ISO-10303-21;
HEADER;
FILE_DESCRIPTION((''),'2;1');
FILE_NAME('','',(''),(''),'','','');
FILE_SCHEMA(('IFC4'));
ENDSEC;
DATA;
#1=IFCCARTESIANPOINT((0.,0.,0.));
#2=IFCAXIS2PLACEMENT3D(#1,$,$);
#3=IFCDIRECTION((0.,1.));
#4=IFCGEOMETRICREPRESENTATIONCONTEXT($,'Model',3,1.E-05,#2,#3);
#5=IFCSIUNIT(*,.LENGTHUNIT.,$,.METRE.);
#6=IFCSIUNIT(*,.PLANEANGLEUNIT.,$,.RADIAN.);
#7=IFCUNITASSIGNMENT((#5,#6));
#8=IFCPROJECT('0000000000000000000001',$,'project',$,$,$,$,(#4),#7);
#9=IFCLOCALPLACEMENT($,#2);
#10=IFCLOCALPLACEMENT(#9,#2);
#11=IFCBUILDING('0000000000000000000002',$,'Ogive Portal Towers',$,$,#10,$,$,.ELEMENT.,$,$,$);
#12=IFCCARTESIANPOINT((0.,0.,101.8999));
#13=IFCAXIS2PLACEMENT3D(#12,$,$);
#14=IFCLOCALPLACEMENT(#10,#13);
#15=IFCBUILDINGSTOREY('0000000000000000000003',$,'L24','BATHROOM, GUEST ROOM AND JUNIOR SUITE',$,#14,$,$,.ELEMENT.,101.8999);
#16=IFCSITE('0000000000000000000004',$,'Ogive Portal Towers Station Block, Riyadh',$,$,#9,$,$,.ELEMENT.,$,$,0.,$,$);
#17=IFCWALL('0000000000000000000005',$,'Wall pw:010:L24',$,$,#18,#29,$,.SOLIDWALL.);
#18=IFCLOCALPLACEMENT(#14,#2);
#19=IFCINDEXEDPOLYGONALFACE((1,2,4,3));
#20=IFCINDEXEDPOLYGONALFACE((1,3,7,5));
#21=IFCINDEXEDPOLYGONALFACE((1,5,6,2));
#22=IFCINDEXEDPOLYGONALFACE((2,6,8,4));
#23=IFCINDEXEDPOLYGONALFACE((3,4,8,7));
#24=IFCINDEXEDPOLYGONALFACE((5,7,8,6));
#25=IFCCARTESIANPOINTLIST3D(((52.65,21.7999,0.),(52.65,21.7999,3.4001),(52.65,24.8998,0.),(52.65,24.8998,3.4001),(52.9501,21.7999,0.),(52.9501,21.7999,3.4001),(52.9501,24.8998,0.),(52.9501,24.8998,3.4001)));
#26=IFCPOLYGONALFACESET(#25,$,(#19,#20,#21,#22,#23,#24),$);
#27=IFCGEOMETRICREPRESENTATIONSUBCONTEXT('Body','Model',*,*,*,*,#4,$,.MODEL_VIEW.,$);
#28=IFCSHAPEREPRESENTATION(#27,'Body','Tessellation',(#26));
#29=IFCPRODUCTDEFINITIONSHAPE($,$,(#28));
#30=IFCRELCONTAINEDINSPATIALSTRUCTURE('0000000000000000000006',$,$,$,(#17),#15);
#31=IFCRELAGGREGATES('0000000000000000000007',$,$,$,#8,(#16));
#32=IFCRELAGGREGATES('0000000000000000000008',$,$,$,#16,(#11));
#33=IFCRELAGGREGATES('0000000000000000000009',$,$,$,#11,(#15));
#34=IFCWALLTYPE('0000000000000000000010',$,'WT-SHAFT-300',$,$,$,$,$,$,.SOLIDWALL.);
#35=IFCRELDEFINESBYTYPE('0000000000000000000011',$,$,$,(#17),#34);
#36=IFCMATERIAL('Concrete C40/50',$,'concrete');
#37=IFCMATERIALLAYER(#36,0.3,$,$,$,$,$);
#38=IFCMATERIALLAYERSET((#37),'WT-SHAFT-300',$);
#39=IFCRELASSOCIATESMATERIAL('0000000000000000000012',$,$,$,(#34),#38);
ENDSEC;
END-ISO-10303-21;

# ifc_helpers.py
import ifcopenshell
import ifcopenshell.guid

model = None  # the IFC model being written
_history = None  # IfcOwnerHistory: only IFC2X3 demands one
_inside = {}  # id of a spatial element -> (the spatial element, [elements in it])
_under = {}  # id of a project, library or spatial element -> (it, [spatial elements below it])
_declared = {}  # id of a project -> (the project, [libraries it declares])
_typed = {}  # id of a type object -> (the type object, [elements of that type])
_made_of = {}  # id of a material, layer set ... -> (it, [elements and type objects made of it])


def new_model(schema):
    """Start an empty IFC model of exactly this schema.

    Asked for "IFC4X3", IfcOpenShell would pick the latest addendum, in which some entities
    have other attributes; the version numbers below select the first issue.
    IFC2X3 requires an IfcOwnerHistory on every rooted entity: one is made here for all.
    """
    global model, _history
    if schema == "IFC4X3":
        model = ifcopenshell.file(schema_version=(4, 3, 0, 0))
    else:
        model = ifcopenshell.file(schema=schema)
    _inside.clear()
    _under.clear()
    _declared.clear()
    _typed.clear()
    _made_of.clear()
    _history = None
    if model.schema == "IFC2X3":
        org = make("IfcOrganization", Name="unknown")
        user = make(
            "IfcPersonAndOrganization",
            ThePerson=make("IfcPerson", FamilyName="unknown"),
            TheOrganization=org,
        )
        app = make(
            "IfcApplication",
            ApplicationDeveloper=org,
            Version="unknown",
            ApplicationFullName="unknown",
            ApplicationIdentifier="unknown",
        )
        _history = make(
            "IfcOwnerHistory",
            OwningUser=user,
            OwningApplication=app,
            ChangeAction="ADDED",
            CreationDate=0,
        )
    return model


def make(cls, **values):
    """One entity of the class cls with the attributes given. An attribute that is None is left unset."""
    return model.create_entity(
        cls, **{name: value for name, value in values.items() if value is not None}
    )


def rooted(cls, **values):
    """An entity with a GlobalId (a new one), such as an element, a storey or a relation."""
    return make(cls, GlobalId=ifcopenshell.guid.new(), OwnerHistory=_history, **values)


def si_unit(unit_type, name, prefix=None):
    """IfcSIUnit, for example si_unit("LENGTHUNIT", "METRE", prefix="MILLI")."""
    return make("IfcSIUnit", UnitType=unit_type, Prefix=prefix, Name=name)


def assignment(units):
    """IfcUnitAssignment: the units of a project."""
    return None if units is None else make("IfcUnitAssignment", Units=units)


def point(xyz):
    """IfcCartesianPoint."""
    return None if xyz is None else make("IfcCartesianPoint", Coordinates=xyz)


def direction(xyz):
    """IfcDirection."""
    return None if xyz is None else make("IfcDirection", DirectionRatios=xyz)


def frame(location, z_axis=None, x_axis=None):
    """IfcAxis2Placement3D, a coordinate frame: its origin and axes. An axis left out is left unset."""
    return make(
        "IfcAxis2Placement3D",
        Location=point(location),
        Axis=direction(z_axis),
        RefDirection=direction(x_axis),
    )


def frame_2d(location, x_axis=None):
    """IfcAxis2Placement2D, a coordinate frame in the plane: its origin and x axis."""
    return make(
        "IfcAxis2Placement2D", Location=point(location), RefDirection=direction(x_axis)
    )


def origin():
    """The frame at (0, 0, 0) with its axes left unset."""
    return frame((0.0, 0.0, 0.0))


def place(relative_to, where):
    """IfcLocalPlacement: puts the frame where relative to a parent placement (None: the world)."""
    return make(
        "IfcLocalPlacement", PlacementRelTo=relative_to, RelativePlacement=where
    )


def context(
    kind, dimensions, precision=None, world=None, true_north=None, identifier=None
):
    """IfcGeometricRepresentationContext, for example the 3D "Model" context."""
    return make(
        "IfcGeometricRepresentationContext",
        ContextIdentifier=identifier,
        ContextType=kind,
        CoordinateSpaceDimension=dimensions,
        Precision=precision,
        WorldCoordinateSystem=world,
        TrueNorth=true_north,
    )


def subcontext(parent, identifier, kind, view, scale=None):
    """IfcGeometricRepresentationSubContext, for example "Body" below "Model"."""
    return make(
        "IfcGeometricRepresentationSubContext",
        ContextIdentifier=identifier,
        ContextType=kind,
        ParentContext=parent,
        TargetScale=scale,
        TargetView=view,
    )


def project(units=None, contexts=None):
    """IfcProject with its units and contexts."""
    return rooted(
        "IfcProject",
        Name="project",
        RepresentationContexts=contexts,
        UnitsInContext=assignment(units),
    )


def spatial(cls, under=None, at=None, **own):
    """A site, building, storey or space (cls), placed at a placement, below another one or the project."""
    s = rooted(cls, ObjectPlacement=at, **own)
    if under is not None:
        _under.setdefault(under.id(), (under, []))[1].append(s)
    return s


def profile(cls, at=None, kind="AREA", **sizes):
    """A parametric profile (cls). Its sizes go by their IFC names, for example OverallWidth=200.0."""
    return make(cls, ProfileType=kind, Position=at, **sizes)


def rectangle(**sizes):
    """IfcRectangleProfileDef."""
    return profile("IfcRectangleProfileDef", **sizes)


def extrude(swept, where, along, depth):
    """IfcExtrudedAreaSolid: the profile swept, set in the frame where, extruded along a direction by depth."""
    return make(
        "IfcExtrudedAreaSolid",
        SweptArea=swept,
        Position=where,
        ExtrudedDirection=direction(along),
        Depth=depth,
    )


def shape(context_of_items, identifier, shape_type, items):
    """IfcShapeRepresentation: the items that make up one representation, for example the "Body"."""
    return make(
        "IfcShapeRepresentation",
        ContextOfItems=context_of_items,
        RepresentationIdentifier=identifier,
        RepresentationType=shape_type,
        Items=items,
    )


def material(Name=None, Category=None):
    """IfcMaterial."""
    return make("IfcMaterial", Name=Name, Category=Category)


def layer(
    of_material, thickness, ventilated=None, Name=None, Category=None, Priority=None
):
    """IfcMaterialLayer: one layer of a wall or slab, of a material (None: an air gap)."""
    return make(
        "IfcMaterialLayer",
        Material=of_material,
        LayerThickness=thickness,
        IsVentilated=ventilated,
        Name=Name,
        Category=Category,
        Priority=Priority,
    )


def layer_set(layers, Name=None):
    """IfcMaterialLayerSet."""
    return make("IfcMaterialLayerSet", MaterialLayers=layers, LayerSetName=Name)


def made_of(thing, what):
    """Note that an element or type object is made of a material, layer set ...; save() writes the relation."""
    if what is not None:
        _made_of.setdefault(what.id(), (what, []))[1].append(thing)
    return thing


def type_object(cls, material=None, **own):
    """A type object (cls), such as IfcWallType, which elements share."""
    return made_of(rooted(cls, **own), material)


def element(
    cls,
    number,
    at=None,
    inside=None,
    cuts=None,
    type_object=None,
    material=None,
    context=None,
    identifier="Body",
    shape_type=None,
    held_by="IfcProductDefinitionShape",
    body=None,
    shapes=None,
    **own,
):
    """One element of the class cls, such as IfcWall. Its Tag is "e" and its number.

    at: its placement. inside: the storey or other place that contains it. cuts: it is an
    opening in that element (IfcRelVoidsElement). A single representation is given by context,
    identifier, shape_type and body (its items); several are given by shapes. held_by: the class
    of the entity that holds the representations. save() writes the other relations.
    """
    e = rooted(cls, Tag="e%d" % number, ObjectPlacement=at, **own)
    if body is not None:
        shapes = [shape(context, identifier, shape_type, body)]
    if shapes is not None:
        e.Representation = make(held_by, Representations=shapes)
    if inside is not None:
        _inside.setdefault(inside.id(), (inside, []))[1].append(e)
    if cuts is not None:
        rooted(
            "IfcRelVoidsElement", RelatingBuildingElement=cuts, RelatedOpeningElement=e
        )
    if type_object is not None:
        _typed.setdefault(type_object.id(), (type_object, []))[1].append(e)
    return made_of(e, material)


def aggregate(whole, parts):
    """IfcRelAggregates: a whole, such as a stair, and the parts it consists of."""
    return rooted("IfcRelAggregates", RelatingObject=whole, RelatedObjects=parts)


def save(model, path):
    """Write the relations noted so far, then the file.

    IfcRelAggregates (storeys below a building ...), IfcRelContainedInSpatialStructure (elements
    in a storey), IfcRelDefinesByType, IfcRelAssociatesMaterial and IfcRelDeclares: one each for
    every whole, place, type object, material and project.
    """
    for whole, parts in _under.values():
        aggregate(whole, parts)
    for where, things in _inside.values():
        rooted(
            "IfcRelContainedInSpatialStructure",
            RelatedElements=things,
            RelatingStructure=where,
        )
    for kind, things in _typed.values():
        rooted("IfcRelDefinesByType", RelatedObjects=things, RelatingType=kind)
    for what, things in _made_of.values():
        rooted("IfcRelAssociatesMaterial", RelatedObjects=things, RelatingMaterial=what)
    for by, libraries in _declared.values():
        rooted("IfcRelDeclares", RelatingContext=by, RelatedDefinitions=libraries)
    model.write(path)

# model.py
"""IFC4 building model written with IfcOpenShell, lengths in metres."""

from ifc_helpers import new_model, si_unit, direction, frame, frame_2d, origin, place, context, subcontext, project, spatial, rectangle, extrude, material, layer, layer_set, type_object, element, save


model = new_model("IFC4")

# Units and contexts
model_context = context("Model", 3, precision=1e-05, world=origin(), true_north=direction((0.0, 1.0)))
body_context = subcontext(model_context, "Body", "Model", "MODEL_VIEW")
ifc_project = project(units=[si_unit("LENGTHUNIT", "METRE"), si_unit("PLANEANGLEUNIT", "RADIAN")], contexts=[model_context])

# Site, building, storey
site_placement = place(None, origin())
site = spatial("IfcSite", under=ifc_project, at=site_placement, Name="Ogive Portal Towers Station Block, Riyadh", CompositionType="ELEMENT", RefElevation=0.0)
building_placement = place(site_placement, origin())
building = spatial("IfcBuilding", under=site, at=building_placement, Name="Ogive Portal Towers", CompositionType="ELEMENT")
storey_placement = place(building_placement, frame((0.0, 0.0, 101.8999)))
storey = spatial("IfcBuildingStorey", under=building, at=storey_placement, Name="L24", Description="BATHROOM, GUEST ROOM AND JUNIOR SUITE", CompositionType="ELEMENT", Elevation=101.8999)

# Wall
ifc_material_1 = material(Name="Concrete C40/50", Category="concrete")
ifc_layer_1 = layer(ifc_material_1, 0.3)
ifc_layer_set_1 = layer_set([ifc_layer_1], Name="WT-SHAFT-300")
wall_type_1 = type_object("IfcWallType", Name="WT-SHAFT-300", PredefinedType="SOLIDWALL", material=ifc_layer_set_1)
wall_1_placement = place(storey_placement, frame((52.8, 21.8, 0.0), z_axis=(0.0, 0.0, 1.0), x_axis=(0.0, 1.0, 0.0)))
element("IfcWall", 1, at=wall_1_placement, inside=storey, type_object=wall_type_1, Name="Wall pw:010:L24", PredefinedType="SOLIDWALL", context=body_context, shape_type="SweptSolid", body=[
    extrude(rectangle(XDim=3.0999, YDim=0.3, at=frame_2d((1.5498, 0.0))), origin(), (0.0, 0.0, 1.0), 3.4001),
])

save(model, "model.ifc")
